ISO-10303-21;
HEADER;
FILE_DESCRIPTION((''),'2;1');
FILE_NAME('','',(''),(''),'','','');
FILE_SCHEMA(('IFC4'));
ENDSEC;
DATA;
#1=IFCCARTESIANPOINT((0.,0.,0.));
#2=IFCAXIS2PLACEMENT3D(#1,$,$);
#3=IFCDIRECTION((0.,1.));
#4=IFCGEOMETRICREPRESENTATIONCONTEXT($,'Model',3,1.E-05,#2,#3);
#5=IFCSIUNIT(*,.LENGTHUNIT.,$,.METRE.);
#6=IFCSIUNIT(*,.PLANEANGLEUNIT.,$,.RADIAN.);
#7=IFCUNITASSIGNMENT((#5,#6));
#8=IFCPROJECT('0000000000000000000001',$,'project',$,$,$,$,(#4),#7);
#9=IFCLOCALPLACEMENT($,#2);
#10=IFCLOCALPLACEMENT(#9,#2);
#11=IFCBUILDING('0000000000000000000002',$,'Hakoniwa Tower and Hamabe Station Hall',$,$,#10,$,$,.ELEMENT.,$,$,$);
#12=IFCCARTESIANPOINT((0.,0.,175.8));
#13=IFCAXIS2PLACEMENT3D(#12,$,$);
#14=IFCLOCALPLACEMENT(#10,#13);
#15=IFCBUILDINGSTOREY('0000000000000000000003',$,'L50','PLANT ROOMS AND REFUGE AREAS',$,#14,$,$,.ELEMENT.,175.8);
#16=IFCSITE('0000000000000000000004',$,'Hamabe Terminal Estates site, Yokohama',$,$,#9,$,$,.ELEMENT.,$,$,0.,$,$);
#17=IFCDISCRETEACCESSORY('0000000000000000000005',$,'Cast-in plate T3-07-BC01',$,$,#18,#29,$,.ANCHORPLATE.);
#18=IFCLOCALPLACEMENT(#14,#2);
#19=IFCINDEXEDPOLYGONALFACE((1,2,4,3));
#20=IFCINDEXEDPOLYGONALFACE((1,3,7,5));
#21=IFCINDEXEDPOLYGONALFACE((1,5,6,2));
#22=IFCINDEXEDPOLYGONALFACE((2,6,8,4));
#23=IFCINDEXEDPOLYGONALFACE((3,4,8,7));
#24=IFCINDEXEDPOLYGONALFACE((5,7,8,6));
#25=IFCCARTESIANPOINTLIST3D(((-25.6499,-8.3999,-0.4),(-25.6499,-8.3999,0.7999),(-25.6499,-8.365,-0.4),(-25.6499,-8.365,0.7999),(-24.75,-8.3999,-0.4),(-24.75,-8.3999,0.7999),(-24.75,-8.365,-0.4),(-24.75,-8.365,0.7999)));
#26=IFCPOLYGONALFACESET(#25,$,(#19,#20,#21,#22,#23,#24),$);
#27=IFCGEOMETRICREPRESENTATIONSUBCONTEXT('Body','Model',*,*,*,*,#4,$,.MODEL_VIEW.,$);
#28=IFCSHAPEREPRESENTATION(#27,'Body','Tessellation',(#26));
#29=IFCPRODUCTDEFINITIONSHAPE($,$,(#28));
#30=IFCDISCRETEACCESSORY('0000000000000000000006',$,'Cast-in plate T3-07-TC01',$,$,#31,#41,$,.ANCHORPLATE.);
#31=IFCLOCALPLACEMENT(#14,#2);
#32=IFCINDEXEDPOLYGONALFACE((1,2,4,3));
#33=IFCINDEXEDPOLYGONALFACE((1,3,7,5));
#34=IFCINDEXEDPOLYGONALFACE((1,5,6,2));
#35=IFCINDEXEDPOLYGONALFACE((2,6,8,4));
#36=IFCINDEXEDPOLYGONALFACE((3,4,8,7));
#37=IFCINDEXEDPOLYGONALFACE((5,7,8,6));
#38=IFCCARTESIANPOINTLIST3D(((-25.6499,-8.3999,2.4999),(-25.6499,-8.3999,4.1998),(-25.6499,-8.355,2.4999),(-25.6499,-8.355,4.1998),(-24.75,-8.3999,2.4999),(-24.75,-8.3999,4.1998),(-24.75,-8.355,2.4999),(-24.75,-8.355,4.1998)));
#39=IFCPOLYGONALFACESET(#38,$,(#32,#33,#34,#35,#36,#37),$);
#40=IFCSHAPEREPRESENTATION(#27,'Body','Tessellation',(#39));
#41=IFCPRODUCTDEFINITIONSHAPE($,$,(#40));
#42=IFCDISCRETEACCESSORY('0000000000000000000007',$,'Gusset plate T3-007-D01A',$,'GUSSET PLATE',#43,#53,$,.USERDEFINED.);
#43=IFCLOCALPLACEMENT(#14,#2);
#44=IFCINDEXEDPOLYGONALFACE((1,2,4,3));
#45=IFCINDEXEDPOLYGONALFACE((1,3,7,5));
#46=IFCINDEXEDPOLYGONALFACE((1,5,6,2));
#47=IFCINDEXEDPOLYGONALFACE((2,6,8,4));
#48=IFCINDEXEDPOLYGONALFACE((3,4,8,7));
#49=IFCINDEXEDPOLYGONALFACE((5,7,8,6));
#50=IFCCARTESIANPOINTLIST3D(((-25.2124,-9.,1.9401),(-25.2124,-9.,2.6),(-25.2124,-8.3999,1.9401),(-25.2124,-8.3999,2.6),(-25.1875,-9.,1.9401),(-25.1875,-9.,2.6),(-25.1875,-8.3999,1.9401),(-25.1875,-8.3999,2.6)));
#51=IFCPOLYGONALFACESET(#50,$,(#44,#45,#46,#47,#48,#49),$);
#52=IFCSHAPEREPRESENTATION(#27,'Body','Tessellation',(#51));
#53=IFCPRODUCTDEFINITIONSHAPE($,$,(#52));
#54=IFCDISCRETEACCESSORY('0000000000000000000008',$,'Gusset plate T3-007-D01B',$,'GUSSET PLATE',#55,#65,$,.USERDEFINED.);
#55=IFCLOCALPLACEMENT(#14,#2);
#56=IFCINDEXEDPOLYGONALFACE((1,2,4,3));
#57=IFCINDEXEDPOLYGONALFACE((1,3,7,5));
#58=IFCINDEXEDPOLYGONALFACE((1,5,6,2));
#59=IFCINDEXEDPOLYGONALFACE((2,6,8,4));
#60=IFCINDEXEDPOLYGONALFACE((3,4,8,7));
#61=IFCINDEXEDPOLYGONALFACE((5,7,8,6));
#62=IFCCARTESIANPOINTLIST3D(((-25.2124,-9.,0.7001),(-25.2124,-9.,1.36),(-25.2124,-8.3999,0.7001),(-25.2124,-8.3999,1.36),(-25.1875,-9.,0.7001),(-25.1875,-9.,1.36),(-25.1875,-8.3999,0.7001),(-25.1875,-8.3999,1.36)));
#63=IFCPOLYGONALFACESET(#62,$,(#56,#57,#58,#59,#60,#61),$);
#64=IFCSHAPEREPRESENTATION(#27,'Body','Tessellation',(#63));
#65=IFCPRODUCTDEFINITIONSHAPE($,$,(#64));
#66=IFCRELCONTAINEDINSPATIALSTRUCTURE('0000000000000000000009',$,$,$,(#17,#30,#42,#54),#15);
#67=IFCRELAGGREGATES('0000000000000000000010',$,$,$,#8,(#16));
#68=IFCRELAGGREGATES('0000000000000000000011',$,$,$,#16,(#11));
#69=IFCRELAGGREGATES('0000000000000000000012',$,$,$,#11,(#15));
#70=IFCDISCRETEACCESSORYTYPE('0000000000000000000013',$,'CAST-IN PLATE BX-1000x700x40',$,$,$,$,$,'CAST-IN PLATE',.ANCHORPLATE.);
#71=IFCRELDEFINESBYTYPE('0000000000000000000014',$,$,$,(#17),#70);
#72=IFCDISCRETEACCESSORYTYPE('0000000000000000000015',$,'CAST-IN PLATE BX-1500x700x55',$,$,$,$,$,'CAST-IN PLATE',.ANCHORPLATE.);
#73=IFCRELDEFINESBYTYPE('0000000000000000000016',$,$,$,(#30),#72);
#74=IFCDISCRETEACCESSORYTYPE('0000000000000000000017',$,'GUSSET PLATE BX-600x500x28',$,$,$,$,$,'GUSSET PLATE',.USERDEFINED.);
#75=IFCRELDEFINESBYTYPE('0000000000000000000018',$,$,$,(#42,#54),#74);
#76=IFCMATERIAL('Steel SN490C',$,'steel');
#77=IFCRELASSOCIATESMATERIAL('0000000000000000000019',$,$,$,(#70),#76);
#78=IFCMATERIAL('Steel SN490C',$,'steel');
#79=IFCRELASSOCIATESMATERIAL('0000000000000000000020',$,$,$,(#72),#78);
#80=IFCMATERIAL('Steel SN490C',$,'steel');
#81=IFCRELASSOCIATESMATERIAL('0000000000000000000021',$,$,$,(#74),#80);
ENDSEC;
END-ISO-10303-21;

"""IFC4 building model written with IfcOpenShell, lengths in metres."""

from ifc_helpers import new_model, si_unit, direction, frame, origin, origin_2d, place, context, subcontext, project, spatial, rectangle, extrude, material, material_profile, profile_set, type_object, element, save


model = new_model("IFC4")

# Units and contexts
model_context = context("Model", 3, precision=1e-05, world=origin(), true_north=direction((0.0, 1.0)))
body_context = subcontext(model_context, "Body", "Model", "MODEL_VIEW")
ifc_project = project(units=[si_unit("LENGTHUNIT", "METRE"), si_unit("PLANEANGLEUNIT", "RADIAN")], contexts=[model_context])

# Site, building, storey
site_placement = place(None, origin())
site = spatial("IfcSite", under=ifc_project, at=site_placement, Name="Hamabe Terminal Estates site, Yokohama", CompositionType="ELEMENT", RefElevation=0.0)
building_placement = place(site_placement, origin())
building = spatial("IfcBuilding", under=site, at=building_placement, Name="Hakoniwa Tower and Hamabe Station Hall", CompositionType="ELEMENT")
storey_placement = place(building_placement, frame((0.0, 0.0, 175.8)))
storey = spatial("IfcBuildingStorey", under=building, at=storey_placement, Name="L50", Description="PLANT ROOMS AND REFUGE AREAS", CompositionType="ELEMENT", Elevation=175.8)

# Discrete accessories
ifc_material_1 = material(Name="Steel SN490C", Category="steel")
ifc_material_profile_1 = material_profile(ifc_material_1, rectangle(XDim=0.8999, YDim=1.2, at=origin_2d()), Name="CAST-IN PLATE BX-1000x700x40")
ifc_profile_set_1 = profile_set([ifc_material_profile_1], Name="Steel SN490C")
discrete_accessory_type_1 = type_object("IfcDiscreteAccessoryType", Name="CAST-IN PLATE BX-1000x700x40", ElementType="CAST-IN PLATE", PredefinedType="ANCHORPLATE", material=ifc_profile_set_1)
discrete_accessory_1_placement = place(storey_placement, frame((-25.2, -8.365, 0.2), z_axis=(0.0, -1.0, 0.0), x_axis=(1.0, 0.0, 0.0)))
element("IfcDiscreteAccessory", 1, at=discrete_accessory_1_placement, inside=storey, type_object=discrete_accessory_type_1, Name="Cast-in plate T3-07-BC01", PredefinedType="ANCHORPLATE", context=body_context, shape_type="SweptSolid", body=[
    extrude(rectangle(XDim=0.8999, YDim=1.2, at=origin_2d()), origin(), (0.0, 0.0, 1.0), 0.0349),
])
ifc_material_2 = material(Name="Steel SN490C", Category="steel")
ifc_material_profile_2 = material_profile(ifc_material_2, rectangle(XDim=0.8999, YDim=1.7, at=origin_2d()), Name="CAST-IN PLATE BX-1500x700x55")
ifc_profile_set_2 = profile_set([ifc_material_profile_2], Name="Steel SN490C")
discrete_accessory_type_2 = type_object("IfcDiscreteAccessoryType", Name="CAST-IN PLATE BX-1500x700x55", ElementType="CAST-IN PLATE", PredefinedType="ANCHORPLATE", material=ifc_profile_set_2)
discrete_accessory_2_placement = place(storey_placement, frame((-25.2, -8.355, 3.3499), z_axis=(0.0, -1.0, 0.0), x_axis=(1.0, 0.0, 0.0)))
element("IfcDiscreteAccessory", 2, at=discrete_accessory_2_placement, inside=storey, type_object=discrete_accessory_type_2, Name="Cast-in plate T3-07-TC01", PredefinedType="ANCHORPLATE", context=body_context, shape_type="SweptSolid", body=[
    extrude(rectangle(XDim=0.8999, YDim=1.7, at=origin_2d()), origin(), (0.0, 0.0, 1.0), 0.0449),
])
ifc_material_3 = material(Name="Steel SN490C", Category="steel")
ifc_material_profile_3 = material_profile(ifc_material_3, rectangle(XDim=0.6001, YDim=0.6599, at=origin_2d()), Name="GUSSET PLATE BX-600x500x28")
ifc_profile_set_3 = profile_set([ifc_material_profile_3], Name="Steel SN490C")
discrete_accessory_type_3 = type_object("IfcDiscreteAccessoryType", Name="GUSSET PLATE BX-600x500x28", ElementType="GUSSET PLATE", PredefinedType="USERDEFINED", material=ifc_profile_set_3)
for number, where, z_axis, x_axis, name in (
    (3, (-25.1875, -8.7, 2.27), (-1.0, 0.0, 0.0), (0.0, -1.0, 0.0), "Gusset plate T3-007-D01A"),
    (4, (-25.1875, -8.7, 1.03), (-1.0, 0.0, 0.0), (0.0, -1.0, 0.0), "Gusset plate T3-007-D01B"),
):
    element("IfcDiscreteAccessory", number, at=place(storey_placement, frame(where, z_axis=z_axis, x_axis=x_axis)), inside=storey, type_object=discrete_accessory_type_3, Name=name, ObjectType="GUSSET PLATE", PredefinedType="USERDEFINED", context=body_context, shape_type="SweptSolid", body=[
        extrude(rectangle(XDim=0.6001, YDim=0.6599, at=origin_2d()), origin(), (0.0, 0.0, 1.0), 0.0249),
    ])

save(model, "model.ifc")
